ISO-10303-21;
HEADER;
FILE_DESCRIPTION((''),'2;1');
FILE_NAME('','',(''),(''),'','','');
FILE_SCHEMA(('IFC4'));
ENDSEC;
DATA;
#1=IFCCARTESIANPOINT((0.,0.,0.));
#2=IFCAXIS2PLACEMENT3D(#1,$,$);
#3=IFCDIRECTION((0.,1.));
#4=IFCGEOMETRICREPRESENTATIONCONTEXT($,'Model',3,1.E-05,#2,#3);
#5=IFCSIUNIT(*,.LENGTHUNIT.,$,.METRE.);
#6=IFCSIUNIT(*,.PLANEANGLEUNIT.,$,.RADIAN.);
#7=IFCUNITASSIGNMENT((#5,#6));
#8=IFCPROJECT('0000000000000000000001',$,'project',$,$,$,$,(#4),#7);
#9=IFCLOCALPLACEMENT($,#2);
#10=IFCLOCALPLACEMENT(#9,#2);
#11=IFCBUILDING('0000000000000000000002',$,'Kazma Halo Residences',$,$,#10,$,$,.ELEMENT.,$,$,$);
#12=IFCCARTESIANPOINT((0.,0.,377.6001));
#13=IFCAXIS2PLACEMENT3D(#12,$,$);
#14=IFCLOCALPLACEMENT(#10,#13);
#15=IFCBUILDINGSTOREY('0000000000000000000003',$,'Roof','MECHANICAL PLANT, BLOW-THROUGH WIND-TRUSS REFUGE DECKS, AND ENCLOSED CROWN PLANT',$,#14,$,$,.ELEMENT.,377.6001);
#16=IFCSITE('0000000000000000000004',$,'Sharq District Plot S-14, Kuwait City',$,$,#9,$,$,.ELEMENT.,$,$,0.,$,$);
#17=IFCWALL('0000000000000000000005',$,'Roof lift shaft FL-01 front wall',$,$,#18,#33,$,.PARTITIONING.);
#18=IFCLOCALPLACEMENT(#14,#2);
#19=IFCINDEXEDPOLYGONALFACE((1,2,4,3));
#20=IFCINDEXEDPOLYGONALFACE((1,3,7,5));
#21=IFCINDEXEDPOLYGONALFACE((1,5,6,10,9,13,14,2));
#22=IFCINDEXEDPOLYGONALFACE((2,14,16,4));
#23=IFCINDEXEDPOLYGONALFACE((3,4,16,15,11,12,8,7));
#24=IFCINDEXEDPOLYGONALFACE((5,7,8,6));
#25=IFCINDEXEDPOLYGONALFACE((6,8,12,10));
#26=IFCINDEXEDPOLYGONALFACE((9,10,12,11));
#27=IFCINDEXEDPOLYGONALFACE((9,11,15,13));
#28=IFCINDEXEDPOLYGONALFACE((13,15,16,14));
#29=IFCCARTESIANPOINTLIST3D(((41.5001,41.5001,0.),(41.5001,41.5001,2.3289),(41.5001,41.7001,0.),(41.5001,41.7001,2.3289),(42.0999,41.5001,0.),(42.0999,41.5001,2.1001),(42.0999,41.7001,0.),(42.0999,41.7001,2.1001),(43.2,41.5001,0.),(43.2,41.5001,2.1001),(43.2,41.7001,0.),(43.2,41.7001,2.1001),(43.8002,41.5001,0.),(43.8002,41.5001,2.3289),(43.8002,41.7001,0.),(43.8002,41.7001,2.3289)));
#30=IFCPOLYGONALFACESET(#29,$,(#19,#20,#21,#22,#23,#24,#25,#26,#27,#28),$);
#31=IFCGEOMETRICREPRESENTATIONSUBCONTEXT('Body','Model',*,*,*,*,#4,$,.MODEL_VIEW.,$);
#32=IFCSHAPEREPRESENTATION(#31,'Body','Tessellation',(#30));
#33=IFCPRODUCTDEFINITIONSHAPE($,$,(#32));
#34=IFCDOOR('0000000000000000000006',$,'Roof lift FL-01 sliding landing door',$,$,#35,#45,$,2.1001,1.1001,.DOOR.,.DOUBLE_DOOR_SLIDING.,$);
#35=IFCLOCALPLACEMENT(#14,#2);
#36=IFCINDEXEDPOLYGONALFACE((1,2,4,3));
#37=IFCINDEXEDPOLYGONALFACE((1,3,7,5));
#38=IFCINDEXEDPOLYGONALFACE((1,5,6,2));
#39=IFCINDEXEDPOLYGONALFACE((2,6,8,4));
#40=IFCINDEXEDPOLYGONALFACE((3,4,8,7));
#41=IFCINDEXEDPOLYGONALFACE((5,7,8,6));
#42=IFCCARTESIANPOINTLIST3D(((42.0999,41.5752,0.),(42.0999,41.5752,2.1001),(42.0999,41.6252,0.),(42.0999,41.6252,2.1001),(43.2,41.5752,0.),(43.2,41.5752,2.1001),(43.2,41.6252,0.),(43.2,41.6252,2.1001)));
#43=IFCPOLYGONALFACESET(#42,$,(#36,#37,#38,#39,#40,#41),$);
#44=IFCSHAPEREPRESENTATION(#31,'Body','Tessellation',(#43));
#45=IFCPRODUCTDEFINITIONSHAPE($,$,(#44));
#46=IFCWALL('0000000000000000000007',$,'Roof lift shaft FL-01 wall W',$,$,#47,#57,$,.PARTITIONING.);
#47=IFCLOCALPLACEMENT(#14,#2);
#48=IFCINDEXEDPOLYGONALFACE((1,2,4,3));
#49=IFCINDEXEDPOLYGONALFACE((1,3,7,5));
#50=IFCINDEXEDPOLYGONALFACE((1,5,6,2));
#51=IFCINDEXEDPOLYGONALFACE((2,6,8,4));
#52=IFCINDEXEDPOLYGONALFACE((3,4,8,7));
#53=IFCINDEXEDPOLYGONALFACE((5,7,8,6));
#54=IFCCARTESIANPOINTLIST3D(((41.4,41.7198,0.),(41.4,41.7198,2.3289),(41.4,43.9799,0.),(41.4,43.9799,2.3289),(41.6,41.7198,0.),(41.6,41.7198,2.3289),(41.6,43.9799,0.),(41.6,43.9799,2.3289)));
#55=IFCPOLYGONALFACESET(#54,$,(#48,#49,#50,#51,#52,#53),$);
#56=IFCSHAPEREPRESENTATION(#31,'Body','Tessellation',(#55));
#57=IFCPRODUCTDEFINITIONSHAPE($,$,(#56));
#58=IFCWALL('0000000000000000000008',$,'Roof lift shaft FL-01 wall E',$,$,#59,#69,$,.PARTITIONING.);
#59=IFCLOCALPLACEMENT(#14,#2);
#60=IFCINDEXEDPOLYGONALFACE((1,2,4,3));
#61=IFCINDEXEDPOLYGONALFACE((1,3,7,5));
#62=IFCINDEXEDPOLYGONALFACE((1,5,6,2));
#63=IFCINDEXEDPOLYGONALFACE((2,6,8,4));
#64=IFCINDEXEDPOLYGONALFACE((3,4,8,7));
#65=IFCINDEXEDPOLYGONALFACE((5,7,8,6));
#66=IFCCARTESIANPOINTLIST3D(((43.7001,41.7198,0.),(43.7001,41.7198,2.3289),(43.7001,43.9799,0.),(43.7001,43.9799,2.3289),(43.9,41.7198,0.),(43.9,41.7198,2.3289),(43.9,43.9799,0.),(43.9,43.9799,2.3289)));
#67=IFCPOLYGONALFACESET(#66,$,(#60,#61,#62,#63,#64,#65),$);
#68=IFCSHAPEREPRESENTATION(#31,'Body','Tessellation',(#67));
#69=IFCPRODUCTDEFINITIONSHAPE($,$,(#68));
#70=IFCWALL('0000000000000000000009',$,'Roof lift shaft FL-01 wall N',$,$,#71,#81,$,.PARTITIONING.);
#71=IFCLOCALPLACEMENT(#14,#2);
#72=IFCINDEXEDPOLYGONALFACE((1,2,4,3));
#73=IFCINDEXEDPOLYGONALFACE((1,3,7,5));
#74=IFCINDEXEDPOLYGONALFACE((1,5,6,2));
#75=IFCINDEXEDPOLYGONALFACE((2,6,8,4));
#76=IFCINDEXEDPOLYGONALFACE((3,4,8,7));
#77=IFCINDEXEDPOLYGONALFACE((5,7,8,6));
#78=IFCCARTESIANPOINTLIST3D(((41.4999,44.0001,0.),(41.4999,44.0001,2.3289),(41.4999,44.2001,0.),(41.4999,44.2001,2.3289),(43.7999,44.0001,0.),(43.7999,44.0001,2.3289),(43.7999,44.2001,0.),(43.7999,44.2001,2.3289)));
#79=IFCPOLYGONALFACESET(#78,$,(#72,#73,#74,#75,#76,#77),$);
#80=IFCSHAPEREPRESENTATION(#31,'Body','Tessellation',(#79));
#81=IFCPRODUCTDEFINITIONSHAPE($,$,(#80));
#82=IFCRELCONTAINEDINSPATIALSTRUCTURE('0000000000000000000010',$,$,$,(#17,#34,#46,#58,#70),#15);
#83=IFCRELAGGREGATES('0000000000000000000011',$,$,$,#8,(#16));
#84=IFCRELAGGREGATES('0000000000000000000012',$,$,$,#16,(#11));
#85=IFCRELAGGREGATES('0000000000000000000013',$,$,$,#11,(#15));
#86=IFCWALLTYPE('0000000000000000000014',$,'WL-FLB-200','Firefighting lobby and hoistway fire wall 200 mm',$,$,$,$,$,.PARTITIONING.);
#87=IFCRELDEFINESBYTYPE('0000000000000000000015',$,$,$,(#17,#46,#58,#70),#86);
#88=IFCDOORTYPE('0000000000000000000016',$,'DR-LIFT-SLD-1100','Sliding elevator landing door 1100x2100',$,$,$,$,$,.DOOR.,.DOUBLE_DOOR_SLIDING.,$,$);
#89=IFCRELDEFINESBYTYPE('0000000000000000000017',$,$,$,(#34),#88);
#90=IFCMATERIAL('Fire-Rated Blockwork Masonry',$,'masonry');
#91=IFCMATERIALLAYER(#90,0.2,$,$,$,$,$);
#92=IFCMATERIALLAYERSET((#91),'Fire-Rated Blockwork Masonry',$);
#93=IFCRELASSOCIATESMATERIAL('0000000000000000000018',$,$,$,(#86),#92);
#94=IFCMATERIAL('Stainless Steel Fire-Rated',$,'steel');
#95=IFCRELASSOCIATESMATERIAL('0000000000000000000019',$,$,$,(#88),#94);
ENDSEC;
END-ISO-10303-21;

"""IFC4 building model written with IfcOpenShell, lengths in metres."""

from ifc_helpers import new_model, si_unit, direction, frame, frame_2d, origin, place, context, subcontext, project, spatial, rectangle, extrude, material, layer, layer_set, type_object, element, fill, save


model = new_model("IFC4")

# Units and contexts
model_context = context("Model", 3, precision=1e-05, world=origin(), true_north=direction((0.0, 1.0)))
body_context = subcontext(model_context, "Body", "Model", "MODEL_VIEW")
ifc_project = project(units=[si_unit("LENGTHUNIT", "METRE"), si_unit("PLANEANGLEUNIT", "RADIAN")], contexts=[model_context])

# Site, building, storey
site_placement = place(None, origin())
site = spatial("IfcSite", under=ifc_project, at=site_placement, Name="Sharq District Plot S-14, Kuwait City", CompositionType="ELEMENT", RefElevation=0.0)
building_placement = place(site_placement, origin())
building = spatial("IfcBuilding", under=site, at=building_placement, Name="Kazma Halo Residences", CompositionType="ELEMENT")
storey_placement = place(building_placement, frame((0.0, 0.0, 377.6001)))
storey = spatial("IfcBuildingStorey", under=building, at=storey_placement, Name="Roof", Description="MECHANICAL PLANT, BLOW-THROUGH WIND-TRUSS REFUGE DECKS, AND ENCLOSED CROWN PLANT", CompositionType="ELEMENT", Elevation=377.6001)

# Wall, opening, door
ifc_material_1 = material(Name="Fire-Rated Blockwork Masonry", Category="masonry")
ifc_layer_1 = layer(ifc_material_1, 0.2)
ifc_layer_set_1 = layer_set([ifc_layer_1], Name="Fire-Rated Blockwork Masonry")
wall_type_1 = type_object("IfcWallType", Name="WL-FLB-200", Description="Firefighting lobby and hoistway fire wall 200 mm", PredefinedType="PARTITIONING", material=ifc_layer_set_1)
wall_1_placement = place(storey_placement, frame((43.8, 41.6001, 0.0), z_axis=(0.0, 0.0, 1.0), x_axis=(-1.0, 0.0, 0.0)))
wall_1 = element("IfcWall", 1, at=wall_1_placement, inside=storey, type_object=wall_type_1, Name="Roof lift shaft FL-01 front wall", PredefinedType="PARTITIONING", context=body_context, shape_type="SweptSolid", body=[
    extrude(rectangle(XDim=2.3, YDim=0.2, at=frame_2d((1.1499, 0.0))), origin(), (0.0, 0.0, 1.0), 2.3289),
])
opening_placement = place(wall_1_placement, frame((0.6001, 0.0, 0.0)))
opening = element("IfcOpeningElement", 2, at=opening_placement, cuts=wall_1, PredefinedType="OPENING", context=body_context, shape_type="SweptSolid", body=[
    extrude(rectangle(XDim=1.1001, YDim=2.1001, at=frame_2d((0.55, 1.05))), frame((0.0, 0.1099, 0.0), z_axis=(0.0, -1.0, 0.0), x_axis=(1.0, 0.0, 0.0)), (0.0, 0.0, 1.0), 0.22),
])
ifc_material_2 = material(Name="Stainless Steel Fire-Rated", Category="steel")
door_type = type_object("IfcDoorType", Name="DR-LIFT-SLD-1100", Description="Sliding elevator landing door 1100x2100", OperationType="DOUBLE_DOOR_SLIDING", PredefinedType="DOOR", material=ifc_material_2)
door_placement = place(opening_placement, origin())
door = element("IfcDoor", 3, at=door_placement, inside=storey, type_object=door_type, Name="Roof lift FL-01 sliding landing door", OperationType="DOUBLE_DOOR_SLIDING", OverallHeight=2.1001, OverallWidth=1.1001, PredefinedType="DOOR", context=body_context, shape_type="SweptSolid", body=[
    extrude(rectangle(XDim=1.1001, YDim=2.1001, at=frame_2d((0.55, 1.05))), frame((0.0, 0.0249, 0.0), z_axis=(0.0, -1.0, 0.0), x_axis=(1.0, 0.0, 0.0)), (0.0, 0.0, 1.0), 0.05),
])
fill(opening, door)

# Walls
for number, where, z_axis, x_axis, name in (
    (4, (41.5, 41.72, 0.0), (0.0, 0.0, 1.0), (0.0, 1.0, 0.0), "Roof lift shaft FL-01 wall W"),
    (5, (43.8, 41.72, 0.0), (0.0, 0.0, 1.0), (0.0, 1.0, 0.0), "Roof lift shaft FL-01 wall E"),
):
    element("IfcWall", number, at=place(storey_placement, frame(where, z_axis=z_axis, x_axis=x_axis)), inside=storey, type_object=wall_type_1, Name=name, PredefinedType="PARTITIONING", context=body_context, shape_type="SweptSolid", body=[
        extrude(rectangle(XDim=2.26, YDim=0.2, at=frame_2d((1.1299, 0.0))), origin(), (0.0, 0.0, 1.0), 2.3289),
    ])
wall_2_placement = place(storey_placement, frame((41.5, 44.1001, 0.0), z_axis=(0.0, 0.0, 1.0), x_axis=(1.0, 0.0, 0.0)))
element("IfcWall", 6, at=wall_2_placement, inside=storey, type_object=wall_type_1, Name="Roof lift shaft FL-01 wall N", PredefinedType="PARTITIONING", context=body_context, shape_type="SweptSolid", body=[
    extrude(rectangle(XDim=2.3, YDim=0.2, at=frame_2d((1.1499, 0.0))), origin(), (0.0, 0.0, 1.0), 2.3289),
])

save(model, "model.ifc")
